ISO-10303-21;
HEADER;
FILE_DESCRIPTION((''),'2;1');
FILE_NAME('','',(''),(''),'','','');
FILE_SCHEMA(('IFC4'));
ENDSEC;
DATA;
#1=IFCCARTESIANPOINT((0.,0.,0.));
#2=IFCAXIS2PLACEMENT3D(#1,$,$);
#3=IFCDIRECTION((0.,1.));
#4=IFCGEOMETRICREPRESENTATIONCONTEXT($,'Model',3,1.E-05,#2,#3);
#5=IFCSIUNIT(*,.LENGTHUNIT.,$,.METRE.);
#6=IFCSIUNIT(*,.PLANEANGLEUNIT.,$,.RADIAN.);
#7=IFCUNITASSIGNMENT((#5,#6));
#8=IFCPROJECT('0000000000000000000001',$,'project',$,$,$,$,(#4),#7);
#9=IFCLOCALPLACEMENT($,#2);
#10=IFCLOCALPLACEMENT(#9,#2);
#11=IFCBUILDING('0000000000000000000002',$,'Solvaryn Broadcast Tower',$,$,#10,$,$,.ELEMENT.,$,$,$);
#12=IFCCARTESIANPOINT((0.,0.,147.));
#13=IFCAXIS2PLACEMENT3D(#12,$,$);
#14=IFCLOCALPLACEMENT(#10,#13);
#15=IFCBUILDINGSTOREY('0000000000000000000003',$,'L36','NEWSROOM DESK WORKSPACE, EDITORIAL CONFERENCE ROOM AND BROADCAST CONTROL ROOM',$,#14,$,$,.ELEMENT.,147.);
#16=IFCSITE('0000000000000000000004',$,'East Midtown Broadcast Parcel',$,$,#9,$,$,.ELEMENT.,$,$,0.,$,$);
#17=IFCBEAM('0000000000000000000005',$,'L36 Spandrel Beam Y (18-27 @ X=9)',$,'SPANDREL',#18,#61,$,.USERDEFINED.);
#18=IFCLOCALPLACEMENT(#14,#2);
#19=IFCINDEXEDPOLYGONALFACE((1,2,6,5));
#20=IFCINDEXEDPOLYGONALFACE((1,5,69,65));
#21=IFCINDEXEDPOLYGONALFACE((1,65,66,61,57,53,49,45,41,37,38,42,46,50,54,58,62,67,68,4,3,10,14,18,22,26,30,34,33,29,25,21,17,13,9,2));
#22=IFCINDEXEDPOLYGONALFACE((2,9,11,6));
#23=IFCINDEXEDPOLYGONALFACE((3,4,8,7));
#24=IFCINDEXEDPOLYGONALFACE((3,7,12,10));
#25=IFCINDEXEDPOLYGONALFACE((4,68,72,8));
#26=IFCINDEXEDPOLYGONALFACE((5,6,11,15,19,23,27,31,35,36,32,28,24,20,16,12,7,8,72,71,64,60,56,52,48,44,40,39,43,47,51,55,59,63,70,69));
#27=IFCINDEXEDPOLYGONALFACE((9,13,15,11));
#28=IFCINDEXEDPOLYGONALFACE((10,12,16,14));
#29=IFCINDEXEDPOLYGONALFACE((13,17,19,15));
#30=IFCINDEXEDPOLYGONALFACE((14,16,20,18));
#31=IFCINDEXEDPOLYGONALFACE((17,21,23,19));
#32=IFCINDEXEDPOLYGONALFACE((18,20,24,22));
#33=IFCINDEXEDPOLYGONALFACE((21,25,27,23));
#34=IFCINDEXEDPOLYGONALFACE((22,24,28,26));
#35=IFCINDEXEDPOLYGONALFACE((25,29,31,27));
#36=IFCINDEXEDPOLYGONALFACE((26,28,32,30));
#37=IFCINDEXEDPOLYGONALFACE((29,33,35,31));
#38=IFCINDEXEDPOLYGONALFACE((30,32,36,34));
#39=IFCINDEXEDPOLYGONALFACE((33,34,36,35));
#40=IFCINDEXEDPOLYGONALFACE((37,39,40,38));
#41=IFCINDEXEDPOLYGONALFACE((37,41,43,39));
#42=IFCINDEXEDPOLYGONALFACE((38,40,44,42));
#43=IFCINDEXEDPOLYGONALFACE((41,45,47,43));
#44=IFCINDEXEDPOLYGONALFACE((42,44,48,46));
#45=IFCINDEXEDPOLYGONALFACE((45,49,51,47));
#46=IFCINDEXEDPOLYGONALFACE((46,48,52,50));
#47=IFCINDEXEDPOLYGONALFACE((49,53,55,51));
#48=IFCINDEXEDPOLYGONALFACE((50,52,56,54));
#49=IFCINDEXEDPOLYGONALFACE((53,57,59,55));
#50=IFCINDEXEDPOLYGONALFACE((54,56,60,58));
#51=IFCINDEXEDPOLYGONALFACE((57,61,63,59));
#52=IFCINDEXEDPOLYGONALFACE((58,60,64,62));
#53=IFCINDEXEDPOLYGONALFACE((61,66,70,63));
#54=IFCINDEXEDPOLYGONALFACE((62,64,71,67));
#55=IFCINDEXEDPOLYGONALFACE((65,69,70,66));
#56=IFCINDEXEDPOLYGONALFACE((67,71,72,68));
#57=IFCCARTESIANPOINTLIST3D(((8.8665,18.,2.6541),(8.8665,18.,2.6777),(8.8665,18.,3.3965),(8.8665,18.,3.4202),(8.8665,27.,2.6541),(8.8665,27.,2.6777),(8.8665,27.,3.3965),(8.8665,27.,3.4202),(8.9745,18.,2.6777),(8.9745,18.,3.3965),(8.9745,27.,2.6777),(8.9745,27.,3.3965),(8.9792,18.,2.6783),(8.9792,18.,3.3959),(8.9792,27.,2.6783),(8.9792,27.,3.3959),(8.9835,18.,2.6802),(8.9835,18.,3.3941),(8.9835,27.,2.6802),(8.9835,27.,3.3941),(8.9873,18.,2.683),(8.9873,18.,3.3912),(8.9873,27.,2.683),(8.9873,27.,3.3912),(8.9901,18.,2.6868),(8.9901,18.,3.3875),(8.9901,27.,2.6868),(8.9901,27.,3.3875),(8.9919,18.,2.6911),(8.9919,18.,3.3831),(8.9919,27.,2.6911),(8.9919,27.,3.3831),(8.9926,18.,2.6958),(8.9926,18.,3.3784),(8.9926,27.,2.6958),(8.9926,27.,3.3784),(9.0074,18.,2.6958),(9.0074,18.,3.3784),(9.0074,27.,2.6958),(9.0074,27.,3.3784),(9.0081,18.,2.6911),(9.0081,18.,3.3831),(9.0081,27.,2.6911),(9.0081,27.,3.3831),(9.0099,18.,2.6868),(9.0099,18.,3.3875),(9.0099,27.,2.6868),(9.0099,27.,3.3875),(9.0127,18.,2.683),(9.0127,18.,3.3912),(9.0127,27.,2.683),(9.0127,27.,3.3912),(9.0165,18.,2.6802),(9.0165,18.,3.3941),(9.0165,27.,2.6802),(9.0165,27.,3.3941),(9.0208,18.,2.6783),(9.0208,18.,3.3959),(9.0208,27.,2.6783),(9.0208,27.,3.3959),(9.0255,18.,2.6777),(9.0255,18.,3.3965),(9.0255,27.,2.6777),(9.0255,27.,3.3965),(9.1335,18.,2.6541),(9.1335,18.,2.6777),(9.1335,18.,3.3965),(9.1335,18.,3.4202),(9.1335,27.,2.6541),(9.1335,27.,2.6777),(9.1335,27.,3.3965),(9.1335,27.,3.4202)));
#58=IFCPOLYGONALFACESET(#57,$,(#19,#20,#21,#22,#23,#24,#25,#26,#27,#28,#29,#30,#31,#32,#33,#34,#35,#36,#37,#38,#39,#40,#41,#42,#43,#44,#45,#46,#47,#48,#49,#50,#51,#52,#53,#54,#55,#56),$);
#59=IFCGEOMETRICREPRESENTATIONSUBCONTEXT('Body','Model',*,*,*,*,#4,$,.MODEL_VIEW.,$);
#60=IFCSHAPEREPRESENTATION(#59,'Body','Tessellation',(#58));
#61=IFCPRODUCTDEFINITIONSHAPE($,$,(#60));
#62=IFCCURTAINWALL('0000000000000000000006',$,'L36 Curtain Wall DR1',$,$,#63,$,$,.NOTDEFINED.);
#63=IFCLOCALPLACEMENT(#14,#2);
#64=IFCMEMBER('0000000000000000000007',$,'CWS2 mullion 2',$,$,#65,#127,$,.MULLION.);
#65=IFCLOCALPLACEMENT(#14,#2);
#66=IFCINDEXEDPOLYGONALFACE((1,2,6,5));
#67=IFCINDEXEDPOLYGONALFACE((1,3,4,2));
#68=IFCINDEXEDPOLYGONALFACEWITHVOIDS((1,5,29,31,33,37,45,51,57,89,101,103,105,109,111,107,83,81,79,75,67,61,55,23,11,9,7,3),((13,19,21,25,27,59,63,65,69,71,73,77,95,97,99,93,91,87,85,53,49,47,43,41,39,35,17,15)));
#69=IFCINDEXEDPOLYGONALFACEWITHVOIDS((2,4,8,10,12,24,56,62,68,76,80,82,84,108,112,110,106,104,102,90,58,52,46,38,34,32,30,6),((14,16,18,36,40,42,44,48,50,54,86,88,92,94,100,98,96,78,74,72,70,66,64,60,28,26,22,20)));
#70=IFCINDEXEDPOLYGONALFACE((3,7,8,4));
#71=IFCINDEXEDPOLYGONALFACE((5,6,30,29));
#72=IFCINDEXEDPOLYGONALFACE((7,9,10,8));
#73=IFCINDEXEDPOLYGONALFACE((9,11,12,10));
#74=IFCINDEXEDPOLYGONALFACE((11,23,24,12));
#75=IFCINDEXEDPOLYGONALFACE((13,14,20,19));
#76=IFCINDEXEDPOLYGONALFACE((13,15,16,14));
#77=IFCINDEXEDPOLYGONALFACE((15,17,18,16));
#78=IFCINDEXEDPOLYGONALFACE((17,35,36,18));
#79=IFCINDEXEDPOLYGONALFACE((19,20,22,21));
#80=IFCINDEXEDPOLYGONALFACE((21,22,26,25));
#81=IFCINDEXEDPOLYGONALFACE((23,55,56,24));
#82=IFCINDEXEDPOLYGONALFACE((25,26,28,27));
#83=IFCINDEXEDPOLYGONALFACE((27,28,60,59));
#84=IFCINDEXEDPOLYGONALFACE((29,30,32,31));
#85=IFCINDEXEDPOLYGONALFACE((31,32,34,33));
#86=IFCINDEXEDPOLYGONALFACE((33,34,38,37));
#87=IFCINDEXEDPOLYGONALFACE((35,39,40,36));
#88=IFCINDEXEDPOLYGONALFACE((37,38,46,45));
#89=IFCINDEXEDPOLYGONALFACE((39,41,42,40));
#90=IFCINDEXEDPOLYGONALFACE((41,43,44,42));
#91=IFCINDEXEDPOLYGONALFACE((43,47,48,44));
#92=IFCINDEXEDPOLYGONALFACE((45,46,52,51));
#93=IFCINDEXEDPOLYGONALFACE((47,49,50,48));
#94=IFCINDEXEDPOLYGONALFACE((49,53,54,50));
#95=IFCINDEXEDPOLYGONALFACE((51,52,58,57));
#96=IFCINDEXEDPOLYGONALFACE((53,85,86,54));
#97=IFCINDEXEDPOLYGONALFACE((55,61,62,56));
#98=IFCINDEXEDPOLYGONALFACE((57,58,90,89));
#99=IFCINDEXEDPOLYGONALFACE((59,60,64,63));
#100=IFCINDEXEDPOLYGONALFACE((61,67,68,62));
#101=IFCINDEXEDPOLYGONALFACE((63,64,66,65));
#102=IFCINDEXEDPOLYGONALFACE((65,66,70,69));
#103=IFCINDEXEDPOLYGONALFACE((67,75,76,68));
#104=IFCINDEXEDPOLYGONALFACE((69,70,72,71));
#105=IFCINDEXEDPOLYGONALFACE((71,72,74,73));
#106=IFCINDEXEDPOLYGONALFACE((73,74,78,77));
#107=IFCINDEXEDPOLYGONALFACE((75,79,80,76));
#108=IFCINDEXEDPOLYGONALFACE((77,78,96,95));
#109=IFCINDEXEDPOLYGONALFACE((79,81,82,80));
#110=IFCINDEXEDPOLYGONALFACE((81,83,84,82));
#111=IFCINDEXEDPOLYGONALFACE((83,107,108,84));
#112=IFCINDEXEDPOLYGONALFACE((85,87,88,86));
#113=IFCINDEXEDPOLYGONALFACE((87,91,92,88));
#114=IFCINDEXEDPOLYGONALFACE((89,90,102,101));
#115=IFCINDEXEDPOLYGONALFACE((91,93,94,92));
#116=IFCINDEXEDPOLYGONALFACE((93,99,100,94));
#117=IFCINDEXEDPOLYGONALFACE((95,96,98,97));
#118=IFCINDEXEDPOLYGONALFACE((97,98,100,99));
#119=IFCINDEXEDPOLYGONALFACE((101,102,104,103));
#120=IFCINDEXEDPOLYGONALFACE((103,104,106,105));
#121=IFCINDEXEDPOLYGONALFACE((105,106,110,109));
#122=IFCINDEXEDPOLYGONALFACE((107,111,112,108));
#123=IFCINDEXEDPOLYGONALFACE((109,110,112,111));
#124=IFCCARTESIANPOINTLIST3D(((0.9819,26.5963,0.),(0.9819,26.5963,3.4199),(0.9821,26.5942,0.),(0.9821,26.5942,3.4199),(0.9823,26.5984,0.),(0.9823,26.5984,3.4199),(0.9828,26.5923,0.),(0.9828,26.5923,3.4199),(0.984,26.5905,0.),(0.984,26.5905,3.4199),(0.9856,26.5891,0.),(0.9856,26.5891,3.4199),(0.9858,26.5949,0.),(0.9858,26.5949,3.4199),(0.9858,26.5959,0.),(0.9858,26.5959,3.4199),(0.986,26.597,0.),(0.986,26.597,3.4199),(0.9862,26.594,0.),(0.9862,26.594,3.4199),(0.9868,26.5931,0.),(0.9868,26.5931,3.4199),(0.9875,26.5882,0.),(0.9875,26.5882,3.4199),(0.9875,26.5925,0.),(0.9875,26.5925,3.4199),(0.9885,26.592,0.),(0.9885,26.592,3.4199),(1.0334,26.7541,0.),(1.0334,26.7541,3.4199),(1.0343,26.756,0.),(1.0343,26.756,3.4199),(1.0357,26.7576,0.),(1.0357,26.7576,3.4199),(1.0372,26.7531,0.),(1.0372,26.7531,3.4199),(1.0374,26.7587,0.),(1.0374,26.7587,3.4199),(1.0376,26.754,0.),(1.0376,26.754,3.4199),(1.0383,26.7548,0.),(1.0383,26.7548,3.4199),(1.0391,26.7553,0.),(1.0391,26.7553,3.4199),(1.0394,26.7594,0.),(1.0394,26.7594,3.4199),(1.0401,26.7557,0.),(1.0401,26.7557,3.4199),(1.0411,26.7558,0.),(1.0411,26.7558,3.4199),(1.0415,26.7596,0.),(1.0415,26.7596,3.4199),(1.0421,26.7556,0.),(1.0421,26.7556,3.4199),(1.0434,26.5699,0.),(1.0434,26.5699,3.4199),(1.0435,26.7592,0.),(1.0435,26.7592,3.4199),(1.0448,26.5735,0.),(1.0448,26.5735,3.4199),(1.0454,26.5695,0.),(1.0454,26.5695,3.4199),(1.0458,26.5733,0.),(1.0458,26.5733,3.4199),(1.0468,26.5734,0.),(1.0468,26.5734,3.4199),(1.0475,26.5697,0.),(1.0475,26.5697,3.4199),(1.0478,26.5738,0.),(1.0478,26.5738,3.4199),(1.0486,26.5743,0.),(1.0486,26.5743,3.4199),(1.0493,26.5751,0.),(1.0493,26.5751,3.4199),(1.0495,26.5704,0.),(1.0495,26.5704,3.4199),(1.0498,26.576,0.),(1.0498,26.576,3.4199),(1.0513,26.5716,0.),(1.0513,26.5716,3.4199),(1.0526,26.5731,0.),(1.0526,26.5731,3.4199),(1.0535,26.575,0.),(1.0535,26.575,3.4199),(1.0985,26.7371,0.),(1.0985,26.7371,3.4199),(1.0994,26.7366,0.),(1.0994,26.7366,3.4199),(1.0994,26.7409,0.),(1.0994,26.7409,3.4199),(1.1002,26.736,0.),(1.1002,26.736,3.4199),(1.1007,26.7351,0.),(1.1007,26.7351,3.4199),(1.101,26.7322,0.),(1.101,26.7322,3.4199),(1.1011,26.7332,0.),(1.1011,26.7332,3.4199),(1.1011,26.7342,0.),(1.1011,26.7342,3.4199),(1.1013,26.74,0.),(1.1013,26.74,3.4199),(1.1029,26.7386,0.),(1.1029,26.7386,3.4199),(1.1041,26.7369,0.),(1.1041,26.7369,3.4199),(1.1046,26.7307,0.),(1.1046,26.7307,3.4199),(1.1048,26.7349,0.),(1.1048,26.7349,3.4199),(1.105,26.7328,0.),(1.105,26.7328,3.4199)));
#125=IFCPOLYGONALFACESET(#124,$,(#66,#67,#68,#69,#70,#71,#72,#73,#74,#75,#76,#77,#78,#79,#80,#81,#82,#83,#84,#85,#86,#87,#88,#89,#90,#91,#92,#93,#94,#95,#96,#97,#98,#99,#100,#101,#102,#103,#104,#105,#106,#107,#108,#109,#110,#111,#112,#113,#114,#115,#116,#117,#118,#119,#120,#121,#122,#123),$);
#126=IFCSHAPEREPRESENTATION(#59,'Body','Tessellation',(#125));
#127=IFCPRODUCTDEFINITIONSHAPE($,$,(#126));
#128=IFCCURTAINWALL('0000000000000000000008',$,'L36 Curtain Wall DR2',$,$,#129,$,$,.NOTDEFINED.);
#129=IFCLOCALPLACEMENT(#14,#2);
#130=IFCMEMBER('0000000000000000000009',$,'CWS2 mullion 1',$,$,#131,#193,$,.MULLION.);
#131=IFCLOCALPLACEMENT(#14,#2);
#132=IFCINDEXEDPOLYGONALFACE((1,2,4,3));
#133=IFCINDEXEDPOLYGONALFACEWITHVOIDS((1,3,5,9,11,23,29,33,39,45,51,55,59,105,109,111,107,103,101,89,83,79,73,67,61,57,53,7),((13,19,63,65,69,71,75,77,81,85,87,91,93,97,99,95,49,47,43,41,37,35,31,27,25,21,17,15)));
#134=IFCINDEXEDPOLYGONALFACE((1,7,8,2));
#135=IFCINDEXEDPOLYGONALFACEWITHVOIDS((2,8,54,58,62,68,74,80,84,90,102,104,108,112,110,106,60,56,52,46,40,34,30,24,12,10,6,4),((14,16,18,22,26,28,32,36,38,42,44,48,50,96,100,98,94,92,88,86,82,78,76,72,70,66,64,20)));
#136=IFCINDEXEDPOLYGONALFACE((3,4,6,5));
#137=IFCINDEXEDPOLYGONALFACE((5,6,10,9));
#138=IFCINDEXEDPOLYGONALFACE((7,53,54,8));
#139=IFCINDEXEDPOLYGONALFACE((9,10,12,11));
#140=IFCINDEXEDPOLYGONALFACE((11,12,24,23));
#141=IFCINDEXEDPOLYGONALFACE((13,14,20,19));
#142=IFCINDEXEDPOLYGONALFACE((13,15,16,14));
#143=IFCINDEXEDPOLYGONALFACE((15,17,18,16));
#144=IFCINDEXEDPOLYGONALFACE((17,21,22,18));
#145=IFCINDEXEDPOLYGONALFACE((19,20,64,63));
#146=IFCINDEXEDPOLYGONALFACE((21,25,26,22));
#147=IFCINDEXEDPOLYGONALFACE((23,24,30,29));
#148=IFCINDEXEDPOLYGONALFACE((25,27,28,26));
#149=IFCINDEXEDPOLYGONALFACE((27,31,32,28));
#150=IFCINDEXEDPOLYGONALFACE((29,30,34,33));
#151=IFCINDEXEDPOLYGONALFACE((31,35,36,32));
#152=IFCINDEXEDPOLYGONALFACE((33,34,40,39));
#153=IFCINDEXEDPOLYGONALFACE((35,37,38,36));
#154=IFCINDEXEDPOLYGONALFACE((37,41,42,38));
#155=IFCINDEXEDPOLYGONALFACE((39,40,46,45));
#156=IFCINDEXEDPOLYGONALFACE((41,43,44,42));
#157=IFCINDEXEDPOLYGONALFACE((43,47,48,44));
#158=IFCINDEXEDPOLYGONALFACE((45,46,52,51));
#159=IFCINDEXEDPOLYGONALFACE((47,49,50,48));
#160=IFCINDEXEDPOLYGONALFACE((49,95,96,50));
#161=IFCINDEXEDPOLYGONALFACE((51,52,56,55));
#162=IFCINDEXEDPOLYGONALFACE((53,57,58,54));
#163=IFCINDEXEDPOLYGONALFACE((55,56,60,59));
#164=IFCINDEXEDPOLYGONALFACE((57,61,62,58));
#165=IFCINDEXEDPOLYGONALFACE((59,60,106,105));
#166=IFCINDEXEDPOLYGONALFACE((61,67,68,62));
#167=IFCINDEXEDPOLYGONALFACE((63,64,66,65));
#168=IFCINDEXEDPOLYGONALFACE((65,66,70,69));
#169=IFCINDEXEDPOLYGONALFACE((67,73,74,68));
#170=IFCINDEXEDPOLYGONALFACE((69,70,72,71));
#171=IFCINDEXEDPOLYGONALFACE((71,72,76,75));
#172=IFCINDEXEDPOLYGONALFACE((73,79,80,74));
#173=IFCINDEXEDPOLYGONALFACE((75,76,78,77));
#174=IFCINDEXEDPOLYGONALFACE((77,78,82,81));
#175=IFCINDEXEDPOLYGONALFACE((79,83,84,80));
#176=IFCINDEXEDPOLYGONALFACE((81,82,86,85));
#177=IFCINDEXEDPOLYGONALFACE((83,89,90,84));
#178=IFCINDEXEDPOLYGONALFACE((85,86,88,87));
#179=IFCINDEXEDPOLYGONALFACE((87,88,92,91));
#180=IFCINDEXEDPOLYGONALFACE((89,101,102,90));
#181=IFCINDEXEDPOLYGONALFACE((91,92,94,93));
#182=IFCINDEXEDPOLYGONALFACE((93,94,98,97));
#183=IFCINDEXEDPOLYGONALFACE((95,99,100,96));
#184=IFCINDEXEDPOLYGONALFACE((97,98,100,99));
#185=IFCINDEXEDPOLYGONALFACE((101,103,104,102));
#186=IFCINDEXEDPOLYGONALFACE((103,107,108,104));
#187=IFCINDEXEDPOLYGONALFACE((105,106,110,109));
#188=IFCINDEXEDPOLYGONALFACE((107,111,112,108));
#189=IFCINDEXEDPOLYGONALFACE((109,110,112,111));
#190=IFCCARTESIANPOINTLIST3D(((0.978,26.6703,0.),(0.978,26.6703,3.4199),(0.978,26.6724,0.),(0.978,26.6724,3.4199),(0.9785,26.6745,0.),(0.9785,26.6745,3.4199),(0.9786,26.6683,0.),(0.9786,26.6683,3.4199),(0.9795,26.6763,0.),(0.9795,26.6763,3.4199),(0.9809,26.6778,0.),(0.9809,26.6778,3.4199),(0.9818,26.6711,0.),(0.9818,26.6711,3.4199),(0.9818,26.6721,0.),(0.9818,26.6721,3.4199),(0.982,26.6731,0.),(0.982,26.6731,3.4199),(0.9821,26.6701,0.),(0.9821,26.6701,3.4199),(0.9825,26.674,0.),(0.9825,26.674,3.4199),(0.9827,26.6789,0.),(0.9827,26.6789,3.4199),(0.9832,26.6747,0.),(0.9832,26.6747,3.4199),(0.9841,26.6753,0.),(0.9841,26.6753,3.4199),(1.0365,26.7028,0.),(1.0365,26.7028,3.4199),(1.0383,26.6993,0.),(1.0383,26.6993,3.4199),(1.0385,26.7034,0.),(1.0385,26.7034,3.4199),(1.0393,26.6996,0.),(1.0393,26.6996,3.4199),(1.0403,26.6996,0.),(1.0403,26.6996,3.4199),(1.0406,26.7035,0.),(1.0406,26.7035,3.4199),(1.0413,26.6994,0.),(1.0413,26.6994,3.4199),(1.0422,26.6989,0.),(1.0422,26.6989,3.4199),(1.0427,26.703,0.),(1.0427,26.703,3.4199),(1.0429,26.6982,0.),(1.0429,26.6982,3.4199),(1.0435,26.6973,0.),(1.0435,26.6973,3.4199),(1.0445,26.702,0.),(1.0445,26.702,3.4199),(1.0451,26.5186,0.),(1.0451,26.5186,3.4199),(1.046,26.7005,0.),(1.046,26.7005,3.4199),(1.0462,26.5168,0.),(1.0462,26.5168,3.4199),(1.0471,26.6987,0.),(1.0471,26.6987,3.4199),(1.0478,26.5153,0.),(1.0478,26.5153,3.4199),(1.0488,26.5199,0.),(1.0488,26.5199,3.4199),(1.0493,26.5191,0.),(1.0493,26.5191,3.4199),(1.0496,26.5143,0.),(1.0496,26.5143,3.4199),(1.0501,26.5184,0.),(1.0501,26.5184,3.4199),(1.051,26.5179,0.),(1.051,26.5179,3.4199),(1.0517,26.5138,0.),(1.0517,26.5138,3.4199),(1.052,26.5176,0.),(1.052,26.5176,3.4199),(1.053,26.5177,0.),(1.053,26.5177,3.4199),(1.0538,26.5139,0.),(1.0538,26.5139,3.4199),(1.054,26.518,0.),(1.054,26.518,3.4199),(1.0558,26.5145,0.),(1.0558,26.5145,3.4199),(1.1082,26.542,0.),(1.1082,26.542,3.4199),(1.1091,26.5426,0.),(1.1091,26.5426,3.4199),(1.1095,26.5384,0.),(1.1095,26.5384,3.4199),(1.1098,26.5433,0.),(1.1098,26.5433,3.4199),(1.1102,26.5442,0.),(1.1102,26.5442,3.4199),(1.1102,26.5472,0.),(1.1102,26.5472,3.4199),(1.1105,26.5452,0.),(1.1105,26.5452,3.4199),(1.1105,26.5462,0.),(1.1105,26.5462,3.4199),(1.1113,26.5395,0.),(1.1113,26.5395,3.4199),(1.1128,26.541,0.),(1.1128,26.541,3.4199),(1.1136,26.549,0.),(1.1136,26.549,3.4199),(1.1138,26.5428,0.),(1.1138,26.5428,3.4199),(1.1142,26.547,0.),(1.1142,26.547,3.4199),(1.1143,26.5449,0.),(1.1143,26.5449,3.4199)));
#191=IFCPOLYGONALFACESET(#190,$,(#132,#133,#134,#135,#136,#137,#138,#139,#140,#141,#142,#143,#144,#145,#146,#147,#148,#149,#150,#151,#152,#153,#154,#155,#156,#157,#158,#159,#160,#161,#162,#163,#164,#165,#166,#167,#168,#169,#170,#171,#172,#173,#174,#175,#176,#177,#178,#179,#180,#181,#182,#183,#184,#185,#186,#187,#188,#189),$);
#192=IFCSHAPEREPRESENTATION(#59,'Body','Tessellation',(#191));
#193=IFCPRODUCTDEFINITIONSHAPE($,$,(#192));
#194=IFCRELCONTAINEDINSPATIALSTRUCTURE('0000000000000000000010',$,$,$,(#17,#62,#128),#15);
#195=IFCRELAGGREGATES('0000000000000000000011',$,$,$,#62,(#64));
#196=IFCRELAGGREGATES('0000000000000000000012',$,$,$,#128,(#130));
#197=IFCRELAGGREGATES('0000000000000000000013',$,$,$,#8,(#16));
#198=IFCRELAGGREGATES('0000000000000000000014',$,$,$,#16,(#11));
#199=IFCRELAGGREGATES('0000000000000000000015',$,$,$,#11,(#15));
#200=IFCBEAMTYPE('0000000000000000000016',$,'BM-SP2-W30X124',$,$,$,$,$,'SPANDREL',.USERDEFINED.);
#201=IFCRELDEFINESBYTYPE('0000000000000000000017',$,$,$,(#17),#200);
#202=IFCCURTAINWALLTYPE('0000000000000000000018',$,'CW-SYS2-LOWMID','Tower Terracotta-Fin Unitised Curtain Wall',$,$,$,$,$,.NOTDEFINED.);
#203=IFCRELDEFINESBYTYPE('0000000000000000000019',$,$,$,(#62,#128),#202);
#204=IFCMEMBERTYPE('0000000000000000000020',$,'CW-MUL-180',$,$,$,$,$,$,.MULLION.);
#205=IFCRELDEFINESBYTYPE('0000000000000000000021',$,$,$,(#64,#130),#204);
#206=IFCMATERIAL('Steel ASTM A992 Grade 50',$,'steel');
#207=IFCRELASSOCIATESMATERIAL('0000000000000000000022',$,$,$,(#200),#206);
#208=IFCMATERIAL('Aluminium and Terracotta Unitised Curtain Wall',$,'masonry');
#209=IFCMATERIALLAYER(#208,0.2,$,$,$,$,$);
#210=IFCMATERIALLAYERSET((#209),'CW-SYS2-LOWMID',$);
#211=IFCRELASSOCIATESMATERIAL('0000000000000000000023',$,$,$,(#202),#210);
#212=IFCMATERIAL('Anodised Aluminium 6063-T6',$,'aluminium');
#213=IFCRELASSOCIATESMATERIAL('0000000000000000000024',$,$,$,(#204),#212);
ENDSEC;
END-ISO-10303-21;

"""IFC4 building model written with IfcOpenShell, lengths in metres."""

from ifc_helpers import new_model, si_unit, direction, frame, origin, origin_2d, place, context, subcontext, project, spatial, hollow_rectangle, i_section, extrude, material, layer, layer_set, material_profile, profile_set, type_object, element, aggregate, save


model = new_model("IFC4")

# Units and contexts
model_context = context("Model", 3, precision=1e-05, world=origin(), true_north=direction((0.0, 1.0)))
body_context = subcontext(model_context, "Body", "Model", "MODEL_VIEW")
ifc_project = project(units=[si_unit("LENGTHUNIT", "METRE"), si_unit("PLANEANGLEUNIT", "RADIAN")], contexts=[model_context])

# Site, building, storey
site_placement = place(None, origin())
site = spatial("IfcSite", under=ifc_project, at=site_placement, Name="East Midtown Broadcast Parcel", CompositionType="ELEMENT", RefElevation=0.0)
building_placement = place(site_placement, origin())
building = spatial("IfcBuilding", under=site, at=building_placement, Name="Solvaryn Broadcast Tower", CompositionType="ELEMENT")
storey_placement = place(building_placement, frame((0.0, 0.0, 147.0)))
storey = spatial("IfcBuildingStorey", under=building, at=storey_placement, Name="L36", Description="NEWSROOM DESK WORKSPACE, EDITORIAL CONFERENCE ROOM AND BROADCAST CONTROL ROOM", CompositionType="ELEMENT", Elevation=147.0)

# Beam
ifc_material_1 = material(Name="Steel ASTM A992 Grade 50", Category="steel")
ifc_material_profile_1 = material_profile(ifc_material_1, i_section(OverallWidth=0.2671, OverallDepth=0.7661, WebThickness=0.0149, FlangeThickness=0.0237, FilletRadius=0.0181, at=origin_2d()))
ifc_profile_set_1 = profile_set([ifc_material_profile_1], Name="Steel ASTM A992 Grade 50")
beam_type_1 = type_object("IfcBeamType", Name="BM-SP2-W30X124", ElementType="SPANDREL", PredefinedType="USERDEFINED", material=ifc_profile_set_1)
beam_placement = place(storey_placement, frame((9.0, 18.0, 3.0371), z_axis=(0.0, 1.0, 0.0), x_axis=(-1.0, 0.0, 0.0)))
element("IfcBeam", 1, at=beam_placement, inside=storey, type_object=beam_type_1, Name="L36 Spandrel Beam Y (18-27 @ X=9)", ObjectType="SPANDREL", PredefinedType="USERDEFINED", context=body_context, shape_type="SweptSolid", body=[
    extrude(i_section(OverallWidth=0.2671, OverallDepth=0.7661, WebThickness=0.0149, FlangeThickness=0.0237, FilletRadius=0.0181, at=origin_2d()), origin(), (0.0, 0.0, 1.0), 9.0),
])

# Curtain wall, member
ifc_material_2 = material(Name="Aluminium and Terracotta Unitised Curtain Wall", Category="masonry")
ifc_layer_1 = layer(ifc_material_2, 0.2)
ifc_layer_set_1 = layer_set([ifc_layer_1], Name="CW-SYS2-LOWMID")
curtain_wall_type = type_object("IfcCurtainWallType", Name="CW-SYS2-LOWMID", Description="Tower Terracotta-Fin Unitised Curtain Wall", PredefinedType="NOTDEFINED", material=ifc_layer_set_1)
curtain_wall_1_placement = place(storey_placement, origin())
curtain_wall_1 = element("IfcCurtainWall", 2, at=curtain_wall_1_placement, inside=storey, type_object=curtain_wall_type, Name="L36 Curtain Wall DR1", PredefinedType="NOTDEFINED")
ifc_material_3 = material(Name="Anodised Aluminium 6063-T6", Category="aluminium")
ifc_material_profile_2 = material_profile(ifc_material_3, hollow_rectangle(XDim=0.075, YDim=0.1799, WallThickness=0.0039, InnerFilletRadius=0.0039, OuterFilletRadius=0.0081, at=origin_2d()))
ifc_profile_set_2 = profile_set([ifc_material_profile_2], Name="Anodised Aluminium 6063-T6")
member_type_1 = type_object("IfcMemberType", Name="CW-MUL-180", PredefinedType="MULLION", material=ifc_profile_set_2)
member_1_placement = place(storey_placement, frame((1.0435, 26.6646, 0.0), z_axis=(0.0, 0.0, 1.0), x_axis=(0.950198, -0.311646, 0.0)))
member_1 = element("IfcMember", 3, at=member_1_placement, type_object=member_type_1, Name="CWS2 mullion 2", PredefinedType="MULLION", context=body_context, shape_type="SweptSolid", body=[
    extrude(hollow_rectangle(XDim=0.075, YDim=0.1799, WallThickness=0.0039, InnerFilletRadius=0.0039, OuterFilletRadius=0.0081, at=origin_2d()), origin(), (0.0, 0.0, 1.0), 3.4199),
])
aggregate(curtain_wall_1, [member_1])

# Curtain wall, member
curtain_wall_2_placement = place(storey_placement, origin())
curtain_wall_2 = element("IfcCurtainWall", 4, at=curtain_wall_2_placement, inside=storey, type_object=curtain_wall_type, Name="L36 Curtain Wall DR2", PredefinedType="NOTDEFINED")
member_2_placement = place(storey_placement, frame((1.0461, 26.6086, 0.0), z_axis=(0.0, 0.0, 1.0), x_axis=(0.913909, 0.405918, 0.0)))
member_2 = element("IfcMember", 5, at=member_2_placement, type_object=member_type_1, Name="CWS2 mullion 1", PredefinedType="MULLION", context=body_context, shape_type="SweptSolid", body=[
    extrude(hollow_rectangle(XDim=0.075, YDim=0.1799, WallThickness=0.0039, InnerFilletRadius=0.0039, OuterFilletRadius=0.0081, at=origin_2d()), origin(), (0.0, 0.0, 1.0), 3.4199),
])
aggregate(curtain_wall_2, [member_2])

save(model, "model.ifc")
